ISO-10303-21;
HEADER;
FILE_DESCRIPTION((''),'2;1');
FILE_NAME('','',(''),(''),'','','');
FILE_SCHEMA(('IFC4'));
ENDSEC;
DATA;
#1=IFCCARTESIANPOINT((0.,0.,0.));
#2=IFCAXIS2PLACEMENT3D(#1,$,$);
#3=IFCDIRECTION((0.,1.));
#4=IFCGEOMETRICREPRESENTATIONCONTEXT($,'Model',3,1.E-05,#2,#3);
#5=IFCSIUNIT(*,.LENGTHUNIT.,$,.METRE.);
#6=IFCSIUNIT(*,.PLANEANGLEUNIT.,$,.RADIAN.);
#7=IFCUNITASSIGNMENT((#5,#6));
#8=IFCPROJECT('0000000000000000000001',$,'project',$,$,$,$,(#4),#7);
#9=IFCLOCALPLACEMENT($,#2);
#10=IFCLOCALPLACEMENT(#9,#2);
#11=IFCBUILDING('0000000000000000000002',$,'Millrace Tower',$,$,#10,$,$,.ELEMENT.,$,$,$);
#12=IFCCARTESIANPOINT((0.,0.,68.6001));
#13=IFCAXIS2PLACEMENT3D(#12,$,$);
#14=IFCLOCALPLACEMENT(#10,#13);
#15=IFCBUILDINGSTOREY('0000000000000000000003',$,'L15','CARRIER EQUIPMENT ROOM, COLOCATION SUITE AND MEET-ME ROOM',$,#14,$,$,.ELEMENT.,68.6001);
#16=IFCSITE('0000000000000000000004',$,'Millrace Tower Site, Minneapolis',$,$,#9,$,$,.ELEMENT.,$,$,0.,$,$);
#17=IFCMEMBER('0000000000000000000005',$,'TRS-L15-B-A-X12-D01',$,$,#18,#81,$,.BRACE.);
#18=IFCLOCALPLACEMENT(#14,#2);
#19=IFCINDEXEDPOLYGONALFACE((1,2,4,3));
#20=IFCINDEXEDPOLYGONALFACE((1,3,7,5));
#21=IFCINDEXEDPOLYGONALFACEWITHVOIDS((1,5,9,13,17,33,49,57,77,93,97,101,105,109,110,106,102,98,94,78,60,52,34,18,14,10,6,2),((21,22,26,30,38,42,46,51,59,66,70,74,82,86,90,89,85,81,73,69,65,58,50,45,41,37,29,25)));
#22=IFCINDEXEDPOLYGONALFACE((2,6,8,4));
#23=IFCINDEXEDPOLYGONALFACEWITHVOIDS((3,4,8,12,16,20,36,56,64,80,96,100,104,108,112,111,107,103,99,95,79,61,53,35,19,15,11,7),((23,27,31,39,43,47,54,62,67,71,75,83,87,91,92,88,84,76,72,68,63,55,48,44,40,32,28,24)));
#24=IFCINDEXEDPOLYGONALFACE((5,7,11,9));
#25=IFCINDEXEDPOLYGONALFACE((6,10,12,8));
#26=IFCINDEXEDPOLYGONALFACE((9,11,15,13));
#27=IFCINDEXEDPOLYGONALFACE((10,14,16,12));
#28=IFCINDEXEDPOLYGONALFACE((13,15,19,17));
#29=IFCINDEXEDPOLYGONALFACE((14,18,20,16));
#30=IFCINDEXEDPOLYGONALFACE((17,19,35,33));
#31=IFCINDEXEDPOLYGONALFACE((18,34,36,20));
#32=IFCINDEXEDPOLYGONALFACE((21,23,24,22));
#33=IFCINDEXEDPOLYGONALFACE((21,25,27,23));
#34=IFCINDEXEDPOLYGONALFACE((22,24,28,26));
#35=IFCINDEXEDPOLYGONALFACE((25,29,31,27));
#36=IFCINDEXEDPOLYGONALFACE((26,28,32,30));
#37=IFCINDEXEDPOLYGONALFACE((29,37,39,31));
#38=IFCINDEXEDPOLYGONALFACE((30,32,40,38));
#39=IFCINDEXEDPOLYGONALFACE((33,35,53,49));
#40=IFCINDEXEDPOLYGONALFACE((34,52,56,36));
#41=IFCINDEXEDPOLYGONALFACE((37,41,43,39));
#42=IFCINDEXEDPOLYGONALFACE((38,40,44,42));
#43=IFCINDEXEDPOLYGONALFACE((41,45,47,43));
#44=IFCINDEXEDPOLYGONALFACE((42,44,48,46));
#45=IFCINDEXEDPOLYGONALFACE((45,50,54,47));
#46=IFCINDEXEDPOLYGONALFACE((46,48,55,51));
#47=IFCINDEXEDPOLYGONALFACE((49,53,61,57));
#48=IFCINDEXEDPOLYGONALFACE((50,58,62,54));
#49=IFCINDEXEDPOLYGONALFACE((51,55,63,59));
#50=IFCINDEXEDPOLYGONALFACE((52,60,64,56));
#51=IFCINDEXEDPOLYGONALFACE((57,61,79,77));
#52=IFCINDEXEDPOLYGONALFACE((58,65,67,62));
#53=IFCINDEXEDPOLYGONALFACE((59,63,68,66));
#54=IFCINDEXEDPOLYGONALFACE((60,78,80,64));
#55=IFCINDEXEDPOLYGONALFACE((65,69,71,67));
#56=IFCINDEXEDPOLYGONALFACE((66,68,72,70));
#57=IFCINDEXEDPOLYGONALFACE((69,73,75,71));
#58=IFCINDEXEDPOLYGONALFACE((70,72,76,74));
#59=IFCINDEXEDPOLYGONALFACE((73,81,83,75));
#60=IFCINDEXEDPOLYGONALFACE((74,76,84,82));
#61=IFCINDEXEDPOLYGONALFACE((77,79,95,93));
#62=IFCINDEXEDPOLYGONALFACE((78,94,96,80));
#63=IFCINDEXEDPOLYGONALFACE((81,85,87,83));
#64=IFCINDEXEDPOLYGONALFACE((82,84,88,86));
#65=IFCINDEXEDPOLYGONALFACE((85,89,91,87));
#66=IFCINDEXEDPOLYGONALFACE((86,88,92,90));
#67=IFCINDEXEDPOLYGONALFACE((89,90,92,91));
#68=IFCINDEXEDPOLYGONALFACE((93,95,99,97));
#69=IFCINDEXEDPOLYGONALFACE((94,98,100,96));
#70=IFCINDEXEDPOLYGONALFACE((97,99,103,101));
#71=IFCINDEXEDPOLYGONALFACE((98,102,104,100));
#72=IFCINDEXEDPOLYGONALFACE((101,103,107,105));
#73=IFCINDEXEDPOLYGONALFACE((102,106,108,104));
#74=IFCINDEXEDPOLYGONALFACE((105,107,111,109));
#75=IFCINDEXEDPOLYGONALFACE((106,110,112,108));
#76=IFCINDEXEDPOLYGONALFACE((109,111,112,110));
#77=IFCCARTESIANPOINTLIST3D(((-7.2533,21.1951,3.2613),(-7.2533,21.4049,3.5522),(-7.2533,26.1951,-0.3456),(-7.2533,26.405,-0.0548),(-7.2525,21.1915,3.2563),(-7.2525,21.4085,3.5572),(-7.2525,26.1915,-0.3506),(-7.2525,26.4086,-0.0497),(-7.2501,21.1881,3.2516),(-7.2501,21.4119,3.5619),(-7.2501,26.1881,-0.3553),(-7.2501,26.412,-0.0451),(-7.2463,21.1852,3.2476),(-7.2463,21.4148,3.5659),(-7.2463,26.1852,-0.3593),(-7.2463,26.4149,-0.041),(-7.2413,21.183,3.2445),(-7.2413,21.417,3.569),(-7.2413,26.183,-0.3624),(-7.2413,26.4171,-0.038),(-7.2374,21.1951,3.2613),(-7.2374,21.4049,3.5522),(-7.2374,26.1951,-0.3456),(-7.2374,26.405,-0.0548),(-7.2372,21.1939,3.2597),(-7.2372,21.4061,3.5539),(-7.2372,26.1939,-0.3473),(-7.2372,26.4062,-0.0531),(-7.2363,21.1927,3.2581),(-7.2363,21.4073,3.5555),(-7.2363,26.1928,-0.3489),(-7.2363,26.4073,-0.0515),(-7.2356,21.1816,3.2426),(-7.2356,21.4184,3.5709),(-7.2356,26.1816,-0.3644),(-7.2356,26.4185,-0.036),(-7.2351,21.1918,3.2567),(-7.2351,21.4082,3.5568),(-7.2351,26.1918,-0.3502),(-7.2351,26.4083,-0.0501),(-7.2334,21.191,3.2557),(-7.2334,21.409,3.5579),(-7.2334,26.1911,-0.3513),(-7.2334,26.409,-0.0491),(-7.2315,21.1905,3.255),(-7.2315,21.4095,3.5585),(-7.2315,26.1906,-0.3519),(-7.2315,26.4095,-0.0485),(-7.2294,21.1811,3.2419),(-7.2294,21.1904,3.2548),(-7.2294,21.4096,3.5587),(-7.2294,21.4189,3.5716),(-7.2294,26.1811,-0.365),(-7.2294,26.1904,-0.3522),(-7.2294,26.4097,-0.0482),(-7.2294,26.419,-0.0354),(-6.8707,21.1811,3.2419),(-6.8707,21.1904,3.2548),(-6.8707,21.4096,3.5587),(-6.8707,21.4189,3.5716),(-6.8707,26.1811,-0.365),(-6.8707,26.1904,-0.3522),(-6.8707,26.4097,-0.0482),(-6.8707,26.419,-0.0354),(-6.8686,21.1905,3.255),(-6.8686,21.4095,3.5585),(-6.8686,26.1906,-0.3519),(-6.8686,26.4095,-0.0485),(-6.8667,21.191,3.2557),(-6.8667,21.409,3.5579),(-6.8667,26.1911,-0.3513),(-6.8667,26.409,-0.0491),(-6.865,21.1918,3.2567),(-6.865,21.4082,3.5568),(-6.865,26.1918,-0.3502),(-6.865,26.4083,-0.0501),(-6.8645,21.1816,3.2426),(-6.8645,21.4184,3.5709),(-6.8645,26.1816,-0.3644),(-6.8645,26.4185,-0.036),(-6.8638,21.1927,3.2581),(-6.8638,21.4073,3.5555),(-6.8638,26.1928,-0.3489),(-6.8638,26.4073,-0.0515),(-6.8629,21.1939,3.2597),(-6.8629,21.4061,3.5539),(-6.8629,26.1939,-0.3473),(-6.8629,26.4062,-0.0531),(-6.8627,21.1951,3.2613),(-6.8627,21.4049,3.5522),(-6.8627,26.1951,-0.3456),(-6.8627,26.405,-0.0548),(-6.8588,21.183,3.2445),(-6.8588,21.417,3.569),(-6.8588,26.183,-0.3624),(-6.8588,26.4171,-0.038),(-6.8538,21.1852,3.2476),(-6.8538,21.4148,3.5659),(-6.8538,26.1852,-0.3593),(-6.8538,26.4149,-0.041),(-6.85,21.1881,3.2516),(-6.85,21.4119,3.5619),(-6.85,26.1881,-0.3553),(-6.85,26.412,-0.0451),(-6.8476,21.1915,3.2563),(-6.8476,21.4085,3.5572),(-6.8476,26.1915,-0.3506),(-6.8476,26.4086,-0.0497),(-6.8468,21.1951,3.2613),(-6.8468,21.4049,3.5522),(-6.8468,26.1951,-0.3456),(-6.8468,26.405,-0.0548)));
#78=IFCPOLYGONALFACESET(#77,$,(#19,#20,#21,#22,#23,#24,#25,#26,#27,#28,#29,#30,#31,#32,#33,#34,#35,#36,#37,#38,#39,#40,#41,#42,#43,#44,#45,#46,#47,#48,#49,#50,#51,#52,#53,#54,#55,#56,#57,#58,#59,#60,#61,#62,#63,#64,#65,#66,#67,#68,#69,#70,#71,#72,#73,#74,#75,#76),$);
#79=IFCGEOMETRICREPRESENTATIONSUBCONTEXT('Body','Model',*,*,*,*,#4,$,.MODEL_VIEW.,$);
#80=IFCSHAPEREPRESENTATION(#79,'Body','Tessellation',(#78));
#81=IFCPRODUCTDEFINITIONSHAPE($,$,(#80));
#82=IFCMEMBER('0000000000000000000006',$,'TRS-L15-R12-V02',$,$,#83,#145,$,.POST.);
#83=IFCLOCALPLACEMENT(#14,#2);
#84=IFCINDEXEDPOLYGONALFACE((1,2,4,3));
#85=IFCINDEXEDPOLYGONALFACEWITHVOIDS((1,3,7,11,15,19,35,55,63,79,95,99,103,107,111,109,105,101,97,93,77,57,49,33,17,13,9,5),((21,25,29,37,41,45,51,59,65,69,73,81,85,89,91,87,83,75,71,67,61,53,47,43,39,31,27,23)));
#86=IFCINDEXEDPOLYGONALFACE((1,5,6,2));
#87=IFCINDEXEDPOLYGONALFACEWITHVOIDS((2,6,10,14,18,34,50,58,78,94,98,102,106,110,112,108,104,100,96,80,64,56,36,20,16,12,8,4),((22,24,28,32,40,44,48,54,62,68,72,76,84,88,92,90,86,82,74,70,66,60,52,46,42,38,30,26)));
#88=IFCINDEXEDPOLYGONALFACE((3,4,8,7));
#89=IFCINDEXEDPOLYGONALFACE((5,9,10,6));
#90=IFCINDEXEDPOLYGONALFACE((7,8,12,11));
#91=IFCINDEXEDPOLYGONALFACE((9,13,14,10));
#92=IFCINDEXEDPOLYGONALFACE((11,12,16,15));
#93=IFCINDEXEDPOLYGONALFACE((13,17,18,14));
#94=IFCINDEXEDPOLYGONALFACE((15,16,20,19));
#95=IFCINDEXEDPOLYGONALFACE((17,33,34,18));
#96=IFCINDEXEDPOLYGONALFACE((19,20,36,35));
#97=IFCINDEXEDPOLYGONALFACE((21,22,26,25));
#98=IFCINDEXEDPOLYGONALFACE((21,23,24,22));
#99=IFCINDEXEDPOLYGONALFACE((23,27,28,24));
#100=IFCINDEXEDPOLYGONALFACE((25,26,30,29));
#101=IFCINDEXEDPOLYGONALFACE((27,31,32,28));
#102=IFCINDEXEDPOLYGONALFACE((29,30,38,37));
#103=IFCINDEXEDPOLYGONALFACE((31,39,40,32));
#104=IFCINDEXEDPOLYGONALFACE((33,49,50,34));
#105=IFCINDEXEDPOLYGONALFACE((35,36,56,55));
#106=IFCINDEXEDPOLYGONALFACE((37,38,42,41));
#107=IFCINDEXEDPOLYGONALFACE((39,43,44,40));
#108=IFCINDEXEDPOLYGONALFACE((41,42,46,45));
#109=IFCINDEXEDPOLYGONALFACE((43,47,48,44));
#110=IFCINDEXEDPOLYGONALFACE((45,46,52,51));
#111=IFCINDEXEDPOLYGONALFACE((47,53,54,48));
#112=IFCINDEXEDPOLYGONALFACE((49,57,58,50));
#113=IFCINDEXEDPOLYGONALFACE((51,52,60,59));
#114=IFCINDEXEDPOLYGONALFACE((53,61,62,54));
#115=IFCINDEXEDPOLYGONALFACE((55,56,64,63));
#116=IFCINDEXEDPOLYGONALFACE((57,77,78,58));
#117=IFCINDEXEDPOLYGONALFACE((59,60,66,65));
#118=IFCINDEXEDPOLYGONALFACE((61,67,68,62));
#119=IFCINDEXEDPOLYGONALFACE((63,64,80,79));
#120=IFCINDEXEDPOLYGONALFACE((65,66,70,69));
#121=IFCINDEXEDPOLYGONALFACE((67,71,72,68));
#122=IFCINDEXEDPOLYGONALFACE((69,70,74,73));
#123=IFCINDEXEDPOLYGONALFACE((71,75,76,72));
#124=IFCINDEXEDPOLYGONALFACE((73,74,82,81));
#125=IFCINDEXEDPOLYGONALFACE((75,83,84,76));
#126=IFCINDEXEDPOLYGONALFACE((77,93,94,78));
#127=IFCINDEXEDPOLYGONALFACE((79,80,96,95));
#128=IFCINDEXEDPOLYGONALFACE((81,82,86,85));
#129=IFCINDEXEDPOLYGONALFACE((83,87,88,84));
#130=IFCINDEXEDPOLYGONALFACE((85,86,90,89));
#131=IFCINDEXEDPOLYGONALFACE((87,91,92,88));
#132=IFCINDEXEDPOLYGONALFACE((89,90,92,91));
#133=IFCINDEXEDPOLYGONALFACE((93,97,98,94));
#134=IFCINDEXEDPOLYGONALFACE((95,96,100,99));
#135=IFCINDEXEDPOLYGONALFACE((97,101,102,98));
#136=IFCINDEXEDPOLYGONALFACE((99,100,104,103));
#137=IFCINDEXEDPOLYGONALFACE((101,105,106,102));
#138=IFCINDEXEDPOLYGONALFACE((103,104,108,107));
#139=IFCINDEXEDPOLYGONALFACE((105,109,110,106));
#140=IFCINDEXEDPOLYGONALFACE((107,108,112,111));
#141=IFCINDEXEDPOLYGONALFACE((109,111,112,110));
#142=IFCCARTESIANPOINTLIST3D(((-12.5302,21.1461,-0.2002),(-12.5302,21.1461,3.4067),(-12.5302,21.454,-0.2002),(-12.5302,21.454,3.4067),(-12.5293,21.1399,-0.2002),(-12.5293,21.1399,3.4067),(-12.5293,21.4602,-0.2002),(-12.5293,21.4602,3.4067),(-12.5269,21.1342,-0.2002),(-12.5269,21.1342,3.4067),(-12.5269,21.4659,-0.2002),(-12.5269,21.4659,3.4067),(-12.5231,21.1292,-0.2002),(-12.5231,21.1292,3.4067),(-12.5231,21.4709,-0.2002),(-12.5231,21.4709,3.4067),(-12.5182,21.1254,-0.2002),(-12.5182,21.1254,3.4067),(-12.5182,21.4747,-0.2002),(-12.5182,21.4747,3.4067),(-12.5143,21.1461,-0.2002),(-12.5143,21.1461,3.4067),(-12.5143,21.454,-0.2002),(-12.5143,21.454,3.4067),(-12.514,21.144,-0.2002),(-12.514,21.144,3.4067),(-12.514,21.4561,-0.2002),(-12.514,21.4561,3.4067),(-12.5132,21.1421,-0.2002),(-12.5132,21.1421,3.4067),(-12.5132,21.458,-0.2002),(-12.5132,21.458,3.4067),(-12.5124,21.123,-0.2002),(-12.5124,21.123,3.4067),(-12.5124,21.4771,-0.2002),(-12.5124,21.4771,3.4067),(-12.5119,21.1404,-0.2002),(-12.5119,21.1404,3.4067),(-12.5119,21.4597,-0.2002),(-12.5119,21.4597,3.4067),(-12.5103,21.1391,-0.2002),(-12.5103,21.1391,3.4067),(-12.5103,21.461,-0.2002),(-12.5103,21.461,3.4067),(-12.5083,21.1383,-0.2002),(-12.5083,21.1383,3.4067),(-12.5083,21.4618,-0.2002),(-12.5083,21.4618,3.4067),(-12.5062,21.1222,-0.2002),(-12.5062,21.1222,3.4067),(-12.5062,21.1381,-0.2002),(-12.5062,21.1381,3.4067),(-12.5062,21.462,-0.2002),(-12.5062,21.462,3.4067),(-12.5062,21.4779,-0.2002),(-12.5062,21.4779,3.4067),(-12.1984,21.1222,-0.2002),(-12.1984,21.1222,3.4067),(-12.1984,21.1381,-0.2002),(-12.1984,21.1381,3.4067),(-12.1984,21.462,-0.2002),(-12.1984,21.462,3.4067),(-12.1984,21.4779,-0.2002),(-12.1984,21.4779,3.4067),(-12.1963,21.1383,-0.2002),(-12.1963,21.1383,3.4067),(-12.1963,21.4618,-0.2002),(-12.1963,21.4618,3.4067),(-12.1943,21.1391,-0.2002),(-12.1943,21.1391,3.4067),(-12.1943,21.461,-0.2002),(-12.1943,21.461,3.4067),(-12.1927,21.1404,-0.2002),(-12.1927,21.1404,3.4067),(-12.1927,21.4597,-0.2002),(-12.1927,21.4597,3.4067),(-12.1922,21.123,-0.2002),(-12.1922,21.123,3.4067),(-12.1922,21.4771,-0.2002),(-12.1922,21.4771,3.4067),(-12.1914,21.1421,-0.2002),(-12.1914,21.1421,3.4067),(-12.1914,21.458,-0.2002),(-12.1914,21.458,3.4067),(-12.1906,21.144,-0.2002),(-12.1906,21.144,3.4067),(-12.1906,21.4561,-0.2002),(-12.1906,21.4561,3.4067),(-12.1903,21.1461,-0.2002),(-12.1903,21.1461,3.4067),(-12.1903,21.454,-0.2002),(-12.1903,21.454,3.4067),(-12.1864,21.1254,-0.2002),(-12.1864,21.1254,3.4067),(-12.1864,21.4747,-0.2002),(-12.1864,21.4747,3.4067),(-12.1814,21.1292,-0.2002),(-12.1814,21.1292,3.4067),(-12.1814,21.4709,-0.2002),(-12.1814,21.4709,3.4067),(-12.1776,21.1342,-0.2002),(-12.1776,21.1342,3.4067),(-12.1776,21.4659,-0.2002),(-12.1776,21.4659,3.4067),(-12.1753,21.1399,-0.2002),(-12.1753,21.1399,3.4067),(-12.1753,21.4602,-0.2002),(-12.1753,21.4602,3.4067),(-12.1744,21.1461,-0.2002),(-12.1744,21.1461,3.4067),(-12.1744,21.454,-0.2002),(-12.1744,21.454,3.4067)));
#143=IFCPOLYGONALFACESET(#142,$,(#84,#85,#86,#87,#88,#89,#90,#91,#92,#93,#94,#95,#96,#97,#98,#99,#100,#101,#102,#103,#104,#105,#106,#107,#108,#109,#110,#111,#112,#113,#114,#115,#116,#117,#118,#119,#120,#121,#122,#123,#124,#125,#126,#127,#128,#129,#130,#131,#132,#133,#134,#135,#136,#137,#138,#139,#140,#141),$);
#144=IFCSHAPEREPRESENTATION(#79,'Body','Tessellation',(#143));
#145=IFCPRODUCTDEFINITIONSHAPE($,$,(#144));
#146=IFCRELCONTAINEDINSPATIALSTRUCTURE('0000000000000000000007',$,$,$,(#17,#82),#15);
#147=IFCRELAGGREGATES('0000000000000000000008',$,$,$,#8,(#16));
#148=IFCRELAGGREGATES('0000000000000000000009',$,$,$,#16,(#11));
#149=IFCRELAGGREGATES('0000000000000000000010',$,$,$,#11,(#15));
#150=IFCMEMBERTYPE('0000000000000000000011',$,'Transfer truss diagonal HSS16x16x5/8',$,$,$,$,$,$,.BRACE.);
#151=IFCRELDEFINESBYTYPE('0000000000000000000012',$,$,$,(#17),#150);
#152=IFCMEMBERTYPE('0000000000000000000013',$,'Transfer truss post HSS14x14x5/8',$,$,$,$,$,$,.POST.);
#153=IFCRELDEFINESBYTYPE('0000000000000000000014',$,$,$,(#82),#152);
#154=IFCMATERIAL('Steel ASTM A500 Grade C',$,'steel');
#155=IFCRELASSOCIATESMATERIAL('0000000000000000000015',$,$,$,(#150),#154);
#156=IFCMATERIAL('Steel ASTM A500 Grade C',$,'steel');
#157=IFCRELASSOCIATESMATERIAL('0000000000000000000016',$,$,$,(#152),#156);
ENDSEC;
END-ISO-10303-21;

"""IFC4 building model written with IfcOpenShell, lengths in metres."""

from ifc_helpers import new_model, si_unit, direction, frame, origin, origin_2d, place, context, subcontext, project, spatial, hollow_rectangle, extrude, material, material_profile, profile_set, type_object, element, save


model = new_model("IFC4")

# Units and contexts
model_context = context("Model", 3, precision=1e-05, world=origin(), true_north=direction((0.0, 1.0)))
body_context = subcontext(model_context, "Body", "Model", "MODEL_VIEW")
ifc_project = project(units=[si_unit("LENGTHUNIT", "METRE"), si_unit("PLANEANGLEUNIT", "RADIAN")], contexts=[model_context])

# Site, building, storey
site_placement = place(None, origin())
site = spatial("IfcSite", under=ifc_project, at=site_placement, Name="Millrace Tower Site, Minneapolis", CompositionType="ELEMENT", RefElevation=0.0)
building_placement = place(site_placement, origin())
building = spatial("IfcBuilding", under=site, at=building_placement, Name="Millrace Tower", CompositionType="ELEMENT")
storey_placement = place(building_placement, frame((0.0, 0.0, 68.6001)))
storey = spatial("IfcBuildingStorey", under=building, at=storey_placement, Name="L15", Description="CARRIER EQUIPMENT ROOM, COLOCATION SUITE AND MEET-ME ROOM", CompositionType="ELEMENT", Elevation=68.6001)

# Members
ifc_material_1 = material(Name="Steel ASTM A500 Grade C", Category="steel")
ifc_material_profile_1 = material_profile(ifc_material_1, hollow_rectangle(XDim=0.4065, YDim=0.4065, WallThickness=0.0159, InnerFilletRadius=0.0081, OuterFilletRadius=0.0239, at=origin_2d()))
ifc_profile_set_1 = profile_set([ifc_material_profile_1], Name="Steel ASTM A500 Grade C")
member_type_1 = type_object("IfcMemberType", Name="Transfer truss diagonal HSS16x16x5/8", PredefinedType="BRACE", material=ifc_profile_set_1)
member_1_placement = place(storey_placement, frame((-7.05, 26.3, -0.2002), z_axis=(0.0, -0.811001, 0.585045), x_axis=(1.0, 0.0, 0.0)))
element("IfcMember", 1, at=member_1_placement, inside=storey, type_object=member_type_1, Name="TRS-L15-B-A-X12-D01", PredefinedType="BRACE", context=body_context, shape_type="SweptSolid", body=[
    extrude(hollow_rectangle(XDim=0.4065, YDim=0.4065, WallThickness=0.0159, InnerFilletRadius=0.0081, OuterFilletRadius=0.0239, at=origin_2d()), origin(), (0.0, 0.0, 1.0), 6.1653),
])
ifc_material_2 = material(Name="Steel ASTM A500 Grade C", Category="steel")
ifc_material_profile_2 = material_profile(ifc_material_2, hollow_rectangle(XDim=0.3557, YDim=0.3557, WallThickness=0.0159, InnerFilletRadius=0.0081, OuterFilletRadius=0.0239, at=origin_2d()))
ifc_profile_set_2 = profile_set([ifc_material_profile_2], Name="Steel ASTM A500 Grade C")
member_type_2 = type_object("IfcMemberType", Name="Transfer truss post HSS14x14x5/8", PredefinedType="POST", material=ifc_profile_set_2)
for number, where, z_axis, x_axis, name in (
    (2, (-12.3523, 21.3, -0.2002), (0.0, 0.0, 1.0), (1.0, 0.0, 0.0), "TRS-L15-R12-V02"),
):
    element("IfcMember", number, at=place(storey_placement, frame(where, z_axis=z_axis, x_axis=x_axis)), inside=storey, type_object=member_type_2, Name=name, PredefinedType="POST", context=body_context, shape_type="SweptSolid", body=[
        extrude(hollow_rectangle(XDim=0.3557, YDim=0.3557, WallThickness=0.0159, InnerFilletRadius=0.0081, OuterFilletRadius=0.0239, at=origin_2d()), origin(), (0.0, 0.0, 1.0), 3.6069),
    ])

save(model, "model.ifc")
